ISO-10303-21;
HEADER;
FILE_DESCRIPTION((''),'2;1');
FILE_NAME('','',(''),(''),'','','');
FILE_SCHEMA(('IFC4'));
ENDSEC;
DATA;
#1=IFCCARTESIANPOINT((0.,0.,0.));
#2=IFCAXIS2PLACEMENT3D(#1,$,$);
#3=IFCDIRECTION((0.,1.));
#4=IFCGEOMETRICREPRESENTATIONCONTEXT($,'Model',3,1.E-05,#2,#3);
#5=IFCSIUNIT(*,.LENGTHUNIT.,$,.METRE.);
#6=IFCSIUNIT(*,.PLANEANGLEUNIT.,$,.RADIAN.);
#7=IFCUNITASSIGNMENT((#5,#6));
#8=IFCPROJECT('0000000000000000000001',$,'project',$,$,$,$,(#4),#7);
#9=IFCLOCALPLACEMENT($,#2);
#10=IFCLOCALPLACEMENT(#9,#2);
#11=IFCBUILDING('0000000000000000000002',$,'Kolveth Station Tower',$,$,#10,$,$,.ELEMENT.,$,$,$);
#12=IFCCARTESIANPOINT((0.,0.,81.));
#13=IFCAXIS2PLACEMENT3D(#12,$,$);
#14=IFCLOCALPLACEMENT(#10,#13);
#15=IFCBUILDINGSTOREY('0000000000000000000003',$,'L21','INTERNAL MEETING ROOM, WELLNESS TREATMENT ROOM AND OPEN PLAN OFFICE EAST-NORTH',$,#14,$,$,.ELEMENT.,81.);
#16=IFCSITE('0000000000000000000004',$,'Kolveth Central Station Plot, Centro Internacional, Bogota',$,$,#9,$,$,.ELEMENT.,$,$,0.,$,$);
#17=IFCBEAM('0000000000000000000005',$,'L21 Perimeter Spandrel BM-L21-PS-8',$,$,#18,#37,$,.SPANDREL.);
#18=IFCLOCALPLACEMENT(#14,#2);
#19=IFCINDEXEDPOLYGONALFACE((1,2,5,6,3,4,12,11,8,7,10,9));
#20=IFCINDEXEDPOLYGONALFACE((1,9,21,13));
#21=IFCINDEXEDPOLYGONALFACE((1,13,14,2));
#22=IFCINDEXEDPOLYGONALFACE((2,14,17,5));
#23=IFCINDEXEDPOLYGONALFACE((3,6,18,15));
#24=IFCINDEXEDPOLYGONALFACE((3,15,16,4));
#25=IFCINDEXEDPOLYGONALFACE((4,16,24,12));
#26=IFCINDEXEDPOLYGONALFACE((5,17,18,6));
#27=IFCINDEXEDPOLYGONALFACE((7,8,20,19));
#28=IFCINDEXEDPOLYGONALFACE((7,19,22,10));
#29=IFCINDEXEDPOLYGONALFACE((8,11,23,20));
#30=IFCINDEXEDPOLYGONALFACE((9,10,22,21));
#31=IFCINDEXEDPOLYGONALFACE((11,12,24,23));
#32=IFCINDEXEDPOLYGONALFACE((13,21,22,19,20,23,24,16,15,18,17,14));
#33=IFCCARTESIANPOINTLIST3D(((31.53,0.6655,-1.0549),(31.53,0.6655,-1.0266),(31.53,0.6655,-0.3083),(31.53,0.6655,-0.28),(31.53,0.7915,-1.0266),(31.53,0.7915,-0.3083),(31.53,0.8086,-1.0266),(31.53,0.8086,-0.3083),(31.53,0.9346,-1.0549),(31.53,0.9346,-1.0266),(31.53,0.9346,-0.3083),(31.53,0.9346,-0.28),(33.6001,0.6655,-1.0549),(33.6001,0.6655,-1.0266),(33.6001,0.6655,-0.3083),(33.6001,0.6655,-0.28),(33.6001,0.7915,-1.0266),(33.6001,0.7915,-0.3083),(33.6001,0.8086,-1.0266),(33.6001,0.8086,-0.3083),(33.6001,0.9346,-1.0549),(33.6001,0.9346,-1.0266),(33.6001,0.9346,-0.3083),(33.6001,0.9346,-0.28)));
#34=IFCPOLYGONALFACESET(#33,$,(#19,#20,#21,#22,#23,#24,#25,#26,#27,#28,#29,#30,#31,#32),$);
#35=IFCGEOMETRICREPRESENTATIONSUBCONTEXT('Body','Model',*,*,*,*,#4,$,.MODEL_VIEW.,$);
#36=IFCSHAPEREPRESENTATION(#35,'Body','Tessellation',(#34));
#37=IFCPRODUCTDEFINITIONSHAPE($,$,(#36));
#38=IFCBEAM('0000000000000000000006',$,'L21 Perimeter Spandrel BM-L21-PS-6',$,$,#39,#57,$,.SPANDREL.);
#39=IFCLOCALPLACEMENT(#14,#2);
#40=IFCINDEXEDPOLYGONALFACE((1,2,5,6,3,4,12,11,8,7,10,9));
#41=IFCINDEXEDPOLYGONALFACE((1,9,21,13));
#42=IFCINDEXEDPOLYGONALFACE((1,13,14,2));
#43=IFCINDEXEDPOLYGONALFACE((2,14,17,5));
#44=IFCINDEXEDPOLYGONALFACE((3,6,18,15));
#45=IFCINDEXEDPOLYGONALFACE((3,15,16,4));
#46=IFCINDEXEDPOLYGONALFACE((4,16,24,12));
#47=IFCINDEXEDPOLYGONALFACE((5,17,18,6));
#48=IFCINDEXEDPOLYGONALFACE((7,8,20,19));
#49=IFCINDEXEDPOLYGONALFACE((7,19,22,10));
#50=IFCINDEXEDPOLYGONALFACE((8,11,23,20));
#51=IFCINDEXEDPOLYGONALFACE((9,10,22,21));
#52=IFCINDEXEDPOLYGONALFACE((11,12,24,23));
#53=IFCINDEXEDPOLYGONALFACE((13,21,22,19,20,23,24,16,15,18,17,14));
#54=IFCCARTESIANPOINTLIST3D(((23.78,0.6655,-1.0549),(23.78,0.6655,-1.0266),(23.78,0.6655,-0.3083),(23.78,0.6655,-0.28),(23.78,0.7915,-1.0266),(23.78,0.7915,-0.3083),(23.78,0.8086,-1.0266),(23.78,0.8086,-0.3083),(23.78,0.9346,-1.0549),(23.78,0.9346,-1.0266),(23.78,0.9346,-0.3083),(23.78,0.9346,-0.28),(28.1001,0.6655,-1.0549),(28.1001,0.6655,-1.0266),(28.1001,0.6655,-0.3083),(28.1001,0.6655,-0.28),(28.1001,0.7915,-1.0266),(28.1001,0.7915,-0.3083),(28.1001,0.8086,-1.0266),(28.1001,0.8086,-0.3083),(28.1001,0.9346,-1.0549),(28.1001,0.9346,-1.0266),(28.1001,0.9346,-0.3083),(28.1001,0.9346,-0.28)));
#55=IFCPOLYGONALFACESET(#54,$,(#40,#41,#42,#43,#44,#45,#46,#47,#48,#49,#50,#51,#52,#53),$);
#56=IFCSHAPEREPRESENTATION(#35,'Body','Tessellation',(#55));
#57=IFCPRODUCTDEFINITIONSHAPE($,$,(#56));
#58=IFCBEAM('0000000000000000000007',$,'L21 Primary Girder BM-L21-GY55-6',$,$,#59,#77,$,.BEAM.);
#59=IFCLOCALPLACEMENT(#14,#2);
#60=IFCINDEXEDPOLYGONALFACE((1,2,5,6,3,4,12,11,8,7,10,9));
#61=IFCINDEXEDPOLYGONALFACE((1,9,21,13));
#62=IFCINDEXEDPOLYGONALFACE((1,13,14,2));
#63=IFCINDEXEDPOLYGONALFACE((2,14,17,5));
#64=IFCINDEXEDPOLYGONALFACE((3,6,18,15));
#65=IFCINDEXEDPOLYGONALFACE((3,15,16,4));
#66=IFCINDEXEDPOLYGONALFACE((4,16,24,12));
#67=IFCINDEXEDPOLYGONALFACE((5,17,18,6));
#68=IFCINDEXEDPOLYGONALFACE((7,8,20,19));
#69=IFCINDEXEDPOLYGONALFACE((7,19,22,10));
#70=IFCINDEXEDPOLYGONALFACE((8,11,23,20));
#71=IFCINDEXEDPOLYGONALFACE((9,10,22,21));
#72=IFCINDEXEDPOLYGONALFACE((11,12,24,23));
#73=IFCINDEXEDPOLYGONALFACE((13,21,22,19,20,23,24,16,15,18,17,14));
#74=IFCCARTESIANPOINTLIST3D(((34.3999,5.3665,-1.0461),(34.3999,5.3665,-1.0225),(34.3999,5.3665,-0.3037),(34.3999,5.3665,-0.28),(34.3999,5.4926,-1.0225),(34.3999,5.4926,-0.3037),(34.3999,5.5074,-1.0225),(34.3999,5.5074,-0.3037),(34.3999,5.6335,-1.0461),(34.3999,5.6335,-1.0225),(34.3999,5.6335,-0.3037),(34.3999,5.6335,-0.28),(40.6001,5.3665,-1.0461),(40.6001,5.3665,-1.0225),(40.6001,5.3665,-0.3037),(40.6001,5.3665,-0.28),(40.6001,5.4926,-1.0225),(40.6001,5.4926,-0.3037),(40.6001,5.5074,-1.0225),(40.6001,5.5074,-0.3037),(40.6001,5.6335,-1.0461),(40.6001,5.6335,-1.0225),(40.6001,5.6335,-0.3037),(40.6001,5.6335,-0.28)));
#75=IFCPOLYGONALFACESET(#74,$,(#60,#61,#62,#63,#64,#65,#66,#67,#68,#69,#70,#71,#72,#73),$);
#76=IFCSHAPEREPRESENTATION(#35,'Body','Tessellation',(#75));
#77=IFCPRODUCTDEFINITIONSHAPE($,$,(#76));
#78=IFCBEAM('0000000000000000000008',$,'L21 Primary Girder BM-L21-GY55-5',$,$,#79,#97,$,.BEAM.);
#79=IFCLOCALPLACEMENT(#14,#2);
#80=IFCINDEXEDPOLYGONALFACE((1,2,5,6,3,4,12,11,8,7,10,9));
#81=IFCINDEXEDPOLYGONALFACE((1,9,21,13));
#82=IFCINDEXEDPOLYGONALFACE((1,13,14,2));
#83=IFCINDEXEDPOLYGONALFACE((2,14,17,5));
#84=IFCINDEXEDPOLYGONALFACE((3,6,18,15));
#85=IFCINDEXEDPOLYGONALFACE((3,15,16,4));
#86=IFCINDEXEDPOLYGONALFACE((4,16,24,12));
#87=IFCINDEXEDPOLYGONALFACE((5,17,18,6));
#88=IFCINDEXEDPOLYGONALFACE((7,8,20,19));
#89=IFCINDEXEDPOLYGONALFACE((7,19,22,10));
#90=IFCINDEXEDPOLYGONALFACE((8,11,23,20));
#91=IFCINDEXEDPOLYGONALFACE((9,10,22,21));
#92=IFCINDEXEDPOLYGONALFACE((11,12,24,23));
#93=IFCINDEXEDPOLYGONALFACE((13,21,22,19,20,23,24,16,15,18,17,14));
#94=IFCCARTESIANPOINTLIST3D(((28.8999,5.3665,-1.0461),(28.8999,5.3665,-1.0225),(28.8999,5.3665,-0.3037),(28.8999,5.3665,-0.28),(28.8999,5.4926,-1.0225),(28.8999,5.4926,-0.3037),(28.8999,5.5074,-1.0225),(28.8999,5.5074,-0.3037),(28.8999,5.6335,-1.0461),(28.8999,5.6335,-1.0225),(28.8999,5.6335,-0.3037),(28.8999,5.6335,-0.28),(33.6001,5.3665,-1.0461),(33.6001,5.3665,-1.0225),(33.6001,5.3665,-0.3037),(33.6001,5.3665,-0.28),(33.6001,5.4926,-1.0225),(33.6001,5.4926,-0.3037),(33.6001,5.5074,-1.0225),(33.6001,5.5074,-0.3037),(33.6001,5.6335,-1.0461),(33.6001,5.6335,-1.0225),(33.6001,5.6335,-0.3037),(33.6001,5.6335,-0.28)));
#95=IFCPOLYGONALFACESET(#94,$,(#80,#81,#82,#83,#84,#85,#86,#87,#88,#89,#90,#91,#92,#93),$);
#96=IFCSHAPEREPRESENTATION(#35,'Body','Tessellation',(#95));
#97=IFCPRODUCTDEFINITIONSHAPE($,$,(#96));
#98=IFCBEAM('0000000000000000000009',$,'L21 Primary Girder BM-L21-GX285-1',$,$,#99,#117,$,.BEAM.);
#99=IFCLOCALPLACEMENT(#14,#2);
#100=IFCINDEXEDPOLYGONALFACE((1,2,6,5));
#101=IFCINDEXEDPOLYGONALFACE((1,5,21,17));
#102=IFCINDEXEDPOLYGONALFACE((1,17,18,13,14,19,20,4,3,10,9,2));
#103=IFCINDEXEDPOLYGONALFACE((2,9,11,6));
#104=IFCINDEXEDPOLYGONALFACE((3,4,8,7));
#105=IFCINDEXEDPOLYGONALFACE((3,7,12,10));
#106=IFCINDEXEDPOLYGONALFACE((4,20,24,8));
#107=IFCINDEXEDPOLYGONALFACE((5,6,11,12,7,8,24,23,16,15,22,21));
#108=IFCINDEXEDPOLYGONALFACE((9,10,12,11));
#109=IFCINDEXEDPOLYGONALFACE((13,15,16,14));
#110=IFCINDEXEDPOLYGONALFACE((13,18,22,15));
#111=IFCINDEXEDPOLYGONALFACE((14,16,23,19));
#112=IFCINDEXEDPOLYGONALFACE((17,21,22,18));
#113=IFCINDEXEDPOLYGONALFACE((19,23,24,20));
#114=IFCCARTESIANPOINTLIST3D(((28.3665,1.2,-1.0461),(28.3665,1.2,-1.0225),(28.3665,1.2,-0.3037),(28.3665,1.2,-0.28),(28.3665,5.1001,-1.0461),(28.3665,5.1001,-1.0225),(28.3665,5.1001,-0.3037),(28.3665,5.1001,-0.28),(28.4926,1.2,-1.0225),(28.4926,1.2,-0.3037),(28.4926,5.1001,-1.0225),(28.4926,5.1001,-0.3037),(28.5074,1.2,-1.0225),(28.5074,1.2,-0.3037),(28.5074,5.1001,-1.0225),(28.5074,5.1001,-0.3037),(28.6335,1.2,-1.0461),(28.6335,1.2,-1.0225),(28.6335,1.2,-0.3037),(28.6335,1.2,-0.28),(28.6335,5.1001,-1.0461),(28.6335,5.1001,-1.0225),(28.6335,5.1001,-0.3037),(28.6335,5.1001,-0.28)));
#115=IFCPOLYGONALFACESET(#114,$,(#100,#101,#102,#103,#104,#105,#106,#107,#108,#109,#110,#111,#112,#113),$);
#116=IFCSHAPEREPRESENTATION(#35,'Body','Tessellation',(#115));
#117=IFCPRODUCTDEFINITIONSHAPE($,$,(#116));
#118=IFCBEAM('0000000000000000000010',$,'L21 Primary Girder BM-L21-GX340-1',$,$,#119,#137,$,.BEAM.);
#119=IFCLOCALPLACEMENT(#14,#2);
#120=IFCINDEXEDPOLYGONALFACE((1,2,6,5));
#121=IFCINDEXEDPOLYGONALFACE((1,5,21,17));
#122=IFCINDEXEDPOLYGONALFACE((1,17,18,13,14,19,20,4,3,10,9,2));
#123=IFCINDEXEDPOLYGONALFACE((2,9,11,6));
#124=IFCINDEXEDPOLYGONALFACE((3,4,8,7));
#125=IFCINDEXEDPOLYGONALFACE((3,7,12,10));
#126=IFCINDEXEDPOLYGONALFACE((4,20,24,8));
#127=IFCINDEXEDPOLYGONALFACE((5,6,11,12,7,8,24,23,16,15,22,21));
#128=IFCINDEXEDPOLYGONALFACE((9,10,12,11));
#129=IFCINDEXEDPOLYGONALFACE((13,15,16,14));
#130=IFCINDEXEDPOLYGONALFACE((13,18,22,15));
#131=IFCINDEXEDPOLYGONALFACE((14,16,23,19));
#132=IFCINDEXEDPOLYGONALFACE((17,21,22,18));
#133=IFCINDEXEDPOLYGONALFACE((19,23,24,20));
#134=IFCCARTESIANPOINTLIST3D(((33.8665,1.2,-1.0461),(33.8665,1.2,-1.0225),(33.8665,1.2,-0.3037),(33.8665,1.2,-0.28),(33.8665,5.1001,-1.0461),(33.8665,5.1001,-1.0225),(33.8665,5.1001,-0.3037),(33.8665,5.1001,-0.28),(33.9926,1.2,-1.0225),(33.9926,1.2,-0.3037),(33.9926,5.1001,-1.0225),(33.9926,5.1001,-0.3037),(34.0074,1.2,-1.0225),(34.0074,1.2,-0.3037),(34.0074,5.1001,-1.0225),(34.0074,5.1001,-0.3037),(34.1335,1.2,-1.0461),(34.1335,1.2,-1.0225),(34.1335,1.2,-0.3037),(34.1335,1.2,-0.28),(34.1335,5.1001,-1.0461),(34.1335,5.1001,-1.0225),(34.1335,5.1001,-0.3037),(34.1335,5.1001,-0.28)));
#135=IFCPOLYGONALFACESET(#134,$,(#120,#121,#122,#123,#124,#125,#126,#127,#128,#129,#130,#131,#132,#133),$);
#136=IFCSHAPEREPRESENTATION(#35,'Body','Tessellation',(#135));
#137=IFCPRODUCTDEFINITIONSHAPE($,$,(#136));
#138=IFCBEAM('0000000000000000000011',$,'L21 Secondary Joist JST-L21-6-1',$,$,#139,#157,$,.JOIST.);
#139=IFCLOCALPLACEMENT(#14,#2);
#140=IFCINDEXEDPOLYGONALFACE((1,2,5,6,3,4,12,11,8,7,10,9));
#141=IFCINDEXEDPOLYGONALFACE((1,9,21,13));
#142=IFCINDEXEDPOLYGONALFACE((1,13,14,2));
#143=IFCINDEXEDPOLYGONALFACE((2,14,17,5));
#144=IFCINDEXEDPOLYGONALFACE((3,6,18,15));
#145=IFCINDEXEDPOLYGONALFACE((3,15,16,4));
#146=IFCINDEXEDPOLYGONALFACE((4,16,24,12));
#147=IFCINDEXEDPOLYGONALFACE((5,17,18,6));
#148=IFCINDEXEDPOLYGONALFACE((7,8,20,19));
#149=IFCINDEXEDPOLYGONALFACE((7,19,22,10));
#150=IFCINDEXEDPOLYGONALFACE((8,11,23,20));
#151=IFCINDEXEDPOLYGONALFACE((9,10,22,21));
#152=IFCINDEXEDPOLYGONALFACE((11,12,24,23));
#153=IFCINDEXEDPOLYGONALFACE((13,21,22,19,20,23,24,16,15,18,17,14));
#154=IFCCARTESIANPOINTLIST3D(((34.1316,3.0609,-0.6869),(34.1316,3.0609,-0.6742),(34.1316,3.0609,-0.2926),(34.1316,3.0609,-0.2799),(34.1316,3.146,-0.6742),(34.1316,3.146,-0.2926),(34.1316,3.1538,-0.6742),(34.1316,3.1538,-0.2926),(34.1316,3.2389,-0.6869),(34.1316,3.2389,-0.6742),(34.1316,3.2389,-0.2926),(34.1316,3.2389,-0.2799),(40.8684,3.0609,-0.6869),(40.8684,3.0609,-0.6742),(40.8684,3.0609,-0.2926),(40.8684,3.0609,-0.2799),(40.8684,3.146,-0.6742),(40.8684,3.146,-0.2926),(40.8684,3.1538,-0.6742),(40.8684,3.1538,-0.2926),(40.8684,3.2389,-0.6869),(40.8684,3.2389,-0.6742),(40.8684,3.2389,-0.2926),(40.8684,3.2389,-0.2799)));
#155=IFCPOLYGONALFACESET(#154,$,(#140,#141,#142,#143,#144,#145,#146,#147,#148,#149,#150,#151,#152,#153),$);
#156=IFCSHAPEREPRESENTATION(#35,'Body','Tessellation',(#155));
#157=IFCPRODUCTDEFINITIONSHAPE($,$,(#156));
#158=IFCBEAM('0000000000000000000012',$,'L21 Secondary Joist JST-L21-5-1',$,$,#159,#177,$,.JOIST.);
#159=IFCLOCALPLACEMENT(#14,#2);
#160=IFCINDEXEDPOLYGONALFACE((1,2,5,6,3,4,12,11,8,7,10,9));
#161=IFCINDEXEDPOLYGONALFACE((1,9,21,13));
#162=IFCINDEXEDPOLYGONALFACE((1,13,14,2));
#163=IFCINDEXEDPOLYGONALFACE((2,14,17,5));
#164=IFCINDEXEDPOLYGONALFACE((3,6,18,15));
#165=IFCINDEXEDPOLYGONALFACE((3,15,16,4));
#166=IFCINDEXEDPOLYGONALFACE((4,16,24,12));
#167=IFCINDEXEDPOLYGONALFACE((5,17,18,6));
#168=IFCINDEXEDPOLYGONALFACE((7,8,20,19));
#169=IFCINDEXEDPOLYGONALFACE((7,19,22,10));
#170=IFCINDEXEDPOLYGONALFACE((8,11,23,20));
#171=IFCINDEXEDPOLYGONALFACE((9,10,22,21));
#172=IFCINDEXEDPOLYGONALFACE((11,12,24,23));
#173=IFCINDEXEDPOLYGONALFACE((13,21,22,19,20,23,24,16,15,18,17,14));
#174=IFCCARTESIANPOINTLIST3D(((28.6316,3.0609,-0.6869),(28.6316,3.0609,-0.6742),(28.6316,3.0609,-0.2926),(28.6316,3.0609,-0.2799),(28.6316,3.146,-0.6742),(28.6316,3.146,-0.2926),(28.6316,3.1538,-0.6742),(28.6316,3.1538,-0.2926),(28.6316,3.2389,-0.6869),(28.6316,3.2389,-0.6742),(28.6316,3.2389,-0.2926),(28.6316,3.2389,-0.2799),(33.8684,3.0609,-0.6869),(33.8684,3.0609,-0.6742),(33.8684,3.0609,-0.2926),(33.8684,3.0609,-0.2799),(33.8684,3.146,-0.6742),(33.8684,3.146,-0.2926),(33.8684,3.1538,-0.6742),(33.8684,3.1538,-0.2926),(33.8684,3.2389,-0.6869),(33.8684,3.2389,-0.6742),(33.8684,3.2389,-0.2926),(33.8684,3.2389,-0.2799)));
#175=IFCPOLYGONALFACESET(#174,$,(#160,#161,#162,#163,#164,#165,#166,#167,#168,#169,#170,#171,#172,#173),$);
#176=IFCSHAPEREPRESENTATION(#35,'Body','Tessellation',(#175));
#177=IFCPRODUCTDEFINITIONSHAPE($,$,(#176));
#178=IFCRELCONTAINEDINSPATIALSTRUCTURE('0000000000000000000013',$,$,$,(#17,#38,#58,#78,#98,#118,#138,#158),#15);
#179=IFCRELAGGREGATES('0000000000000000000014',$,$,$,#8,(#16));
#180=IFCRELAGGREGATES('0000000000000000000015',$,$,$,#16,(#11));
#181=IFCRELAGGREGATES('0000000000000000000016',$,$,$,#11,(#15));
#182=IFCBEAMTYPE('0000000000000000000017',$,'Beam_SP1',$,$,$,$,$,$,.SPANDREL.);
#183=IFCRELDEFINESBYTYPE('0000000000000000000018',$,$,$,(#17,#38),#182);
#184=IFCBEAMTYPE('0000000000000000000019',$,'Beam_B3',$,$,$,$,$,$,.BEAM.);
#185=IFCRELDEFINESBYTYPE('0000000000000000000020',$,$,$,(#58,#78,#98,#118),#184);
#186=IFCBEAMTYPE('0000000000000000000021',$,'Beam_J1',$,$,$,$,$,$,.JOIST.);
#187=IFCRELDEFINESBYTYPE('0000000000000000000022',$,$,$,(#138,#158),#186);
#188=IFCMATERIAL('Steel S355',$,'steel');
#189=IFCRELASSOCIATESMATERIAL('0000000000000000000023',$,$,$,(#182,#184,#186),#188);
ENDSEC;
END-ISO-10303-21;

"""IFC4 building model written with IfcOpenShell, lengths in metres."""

from ifc_helpers import new_model, si_unit, direction, frame, origin, origin_2d, place, context, subcontext, project, spatial, i_section, extrude, source, transform, mapped, material, material_profile, profile_set, type_object, element, save


model = new_model("IFC4")

# Units and contexts
model_context = context("Model", 3, precision=1e-05, world=origin(), true_north=direction((0.0, 1.0)))
body_context = subcontext(model_context, "Body", "Model", "MODEL_VIEW")
ifc_project = project(units=[si_unit("LENGTHUNIT", "METRE"), si_unit("PLANEANGLEUNIT", "RADIAN")], contexts=[model_context])

# Site, building, storey
site_placement = place(None, origin())
site = spatial("IfcSite", under=ifc_project, at=site_placement, Name="Kolveth Central Station Plot, Centro Internacional, Bogota", CompositionType="ELEMENT", RefElevation=0.0)
building_placement = place(site_placement, origin())
building = spatial("IfcBuilding", under=site, at=building_placement, Name="Kolveth Station Tower", CompositionType="ELEMENT")
storey_placement = place(building_placement, frame((0.0, 0.0, 81.0)))
storey = spatial("IfcBuildingStorey", under=building, at=storey_placement, Name="L21", Description="INTERNAL MEETING ROOM, WELLNESS TREATMENT ROOM AND OPEN PLAN OFFICE EAST-NORTH", CompositionType="ELEMENT", Elevation=81.0)

# Shared definitions
ifc_material_1 = material(Name="Steel S355", Category="steel")

# Beams
ifc_material_profile_1 = material_profile(ifc_material_1, i_section(OverallWidth=0.269, OverallDepth=0.7749, WebThickness=0.0171, FlangeThickness=0.0283, at=origin_2d()), Name="W760x220")
ifc_profile_set_1 = profile_set([ifc_material_profile_1], Name="Steel S355")
beam_type_1 = type_object("IfcBeamType", Name="Beam_SP1", PredefinedType="SPANDREL", material=ifc_profile_set_1)
shared_shape_1 = source(origin(), body_context, "Body", "SweptSolid", [
    extrude(i_section(OverallWidth=0.269, OverallDepth=0.7749, WebThickness=0.0171, FlangeThickness=0.0283, at=origin_2d()), origin(), (0.0, 0.0, 1.0), 2.0701),
])
for number, where, z_axis, x_axis, name in (
    (1, (31.53, 0.8, -0.6675), (1.0, 0.0, 0.0), (0.0, 1.0, 0.0), "L21 Perimeter Spandrel BM-L21-PS-8"),
):
    element("IfcBeam", number, at=place(storey_placement, frame(where, z_axis=z_axis, x_axis=x_axis)), inside=storey, type_object=beam_type_1, Name=name, PredefinedType="SPANDREL", context=body_context, shape_type="MappedRepresentation", body=[
        mapped(shared_shape_1, transform((0.0, 0.0, 0.0), x_axis=(1.0, 0.0, 0.0), y_axis=(0.0, 1.0, 0.0), z_axis=(0.0, 0.0, 1.0), scale=1.0)),
    ])
shared_shape_2 = source(origin(), body_context, "Body", "SweptSolid", [
    extrude(i_section(OverallWidth=0.269, OverallDepth=0.7749, WebThickness=0.0171, FlangeThickness=0.0283, at=origin_2d()), origin(), (0.0, 0.0, 1.0), 4.3201),
])
beam_1_placement = place(storey_placement, frame((23.78, 0.8, -0.6675), z_axis=(1.0, 0.0, 0.0), x_axis=(0.0, 1.0, 0.0)))
element("IfcBeam", 2, at=beam_1_placement, inside=storey, type_object=beam_type_1, Name="L21 Perimeter Spandrel BM-L21-PS-6", PredefinedType="SPANDREL", context=body_context, shape_type="MappedRepresentation", body=[
    mapped(shared_shape_2, transform((0.0, 0.0, 0.0), x_axis=(1.0, 0.0, 0.0), y_axis=(0.0, 1.0, 0.0), z_axis=(0.0, 0.0, 1.0), scale=1.0)),
])
ifc_material_profile_2 = material_profile(ifc_material_1, i_section(OverallWidth=0.2671, OverallDepth=0.7661, WebThickness=0.0149, FlangeThickness=0.0237, at=origin_2d()), Name="W760x185")
ifc_profile_set_2 = profile_set([ifc_material_profile_2], Name="Steel S355")
beam_type_2 = type_object("IfcBeamType", Name="Beam_B3", PredefinedType="BEAM", material=ifc_profile_set_2)
shared_shape_3 = source(origin(), body_context, "Body", "SweptSolid", [
    extrude(i_section(OverallWidth=0.2671, OverallDepth=0.7661, WebThickness=0.0149, FlangeThickness=0.0237, at=origin_2d()), origin(), (0.0, 0.0, 1.0), 6.2002),
])
beam_2_placement = place(storey_placement, frame((34.3999, 5.5, -0.6631), z_axis=(1.0, 0.0, 0.0), x_axis=(0.0, 1.0, 0.0)))
element("IfcBeam", 3, at=beam_2_placement, inside=storey, type_object=beam_type_2, Name="L21 Primary Girder BM-L21-GY55-6", PredefinedType="BEAM", context=body_context, shape_type="MappedRepresentation", body=[
    mapped(shared_shape_3, transform((0.0, 0.0, 0.0), x_axis=(1.0, 0.0, 0.0), y_axis=(0.0, 1.0, 0.0), z_axis=(0.0, 0.0, 1.0), scale=1.0)),
])
shared_shape_4 = source(origin(), body_context, "Body", "SweptSolid", [
    extrude(i_section(OverallWidth=0.2671, OverallDepth=0.7661, WebThickness=0.0149, FlangeThickness=0.0237, at=origin_2d()), origin(), (0.0, 0.0, 1.0), 4.7002),
])
beam_3_placement = place(storey_placement, frame((28.8999, 5.5, -0.6631), z_axis=(1.0, 0.0, 0.0), x_axis=(0.0, 1.0, 0.0)))
element("IfcBeam", 4, at=beam_3_placement, inside=storey, type_object=beam_type_2, Name="L21 Primary Girder BM-L21-GY55-5", PredefinedType="BEAM", context=body_context, shape_type="MappedRepresentation", body=[
    mapped(shared_shape_4, transform((0.0, 0.0, 0.0), x_axis=(1.0, 0.0, 0.0), y_axis=(0.0, 1.0, 0.0), z_axis=(0.0, 0.0, 1.0), scale=1.0)),
])
shared_shape_5 = source(origin(), body_context, "Body", "SweptSolid", [
    extrude(i_section(OverallWidth=0.2671, OverallDepth=0.7661, WebThickness=0.0149, FlangeThickness=0.0237, at=origin_2d()), origin(), (0.0, 0.0, 1.0), 3.9001),
])
for number, where, z_axis, x_axis, name in (
    (5, (28.5, 1.2, -0.6631), (0.0, 1.0, 0.0), (-1.0, 0.0, 0.0), "L21 Primary Girder BM-L21-GX285-1"),
    (6, (34.0, 1.2, -0.6631), (0.0, 1.0, 0.0), (-1.0, 0.0, 0.0), "L21 Primary Girder BM-L21-GX340-1"),
):
    element("IfcBeam", number, at=place(storey_placement, frame(where, z_axis=z_axis, x_axis=x_axis)), inside=storey, type_object=beam_type_2, Name=name, PredefinedType="BEAM", context=body_context, shape_type="MappedRepresentation", body=[
        mapped(shared_shape_5, transform((0.0, 0.0, 0.0), x_axis=(1.0, 0.0, 0.0), y_axis=(0.0, 1.0, 0.0), z_axis=(0.0, 0.0, 1.0), scale=1.0)),
    ])
ifc_material_profile_3 = material_profile(ifc_material_1, i_section(OverallWidth=0.178, OverallDepth=0.407, WebThickness=0.0078, FlangeThickness=0.0127, at=origin_2d()), Name="W410x60")
ifc_profile_set_3 = profile_set([ifc_material_profile_3], Name="Steel S355")
beam_type_3 = type_object("IfcBeamType", Name="Beam_J1", PredefinedType="JOIST", material=ifc_profile_set_3)
shared_shape_6 = source(origin(), body_context, "Body", "SweptSolid", [
    extrude(i_section(OverallWidth=0.178, OverallDepth=0.407, WebThickness=0.0078, FlangeThickness=0.0127, at=origin_2d()), origin(), (0.0, 0.0, 1.0), 6.7368),
])
beam_4_placement = place(storey_placement, frame((34.1316, 3.1499, -0.4834), z_axis=(1.0, 0.0, 0.0), x_axis=(0.0, 1.0, 0.0)))
element("IfcBeam", 7, at=beam_4_placement, inside=storey, type_object=beam_type_3, Name="L21 Secondary Joist JST-L21-6-1", PredefinedType="JOIST", context=body_context, shape_type="MappedRepresentation", body=[
    mapped(shared_shape_6, transform((0.0, 0.0, 0.0), x_axis=(1.0, 0.0, 0.0), y_axis=(0.0, 1.0, 0.0), z_axis=(0.0, 0.0, 1.0), scale=1.0)),
])
shared_shape_7 = source(origin(), body_context, "Body", "SweptSolid", [
    extrude(i_section(OverallWidth=0.178, OverallDepth=0.407, WebThickness=0.0078, FlangeThickness=0.0127, at=origin_2d()), origin(), (0.0, 0.0, 1.0), 5.2368),
])
beam_5_placement = place(storey_placement, frame((28.6316, 3.1499, -0.4834), z_axis=(1.0, 0.0, 0.0), x_axis=(0.0, 1.0, 0.0)))
element("IfcBeam", 8, at=beam_5_placement, inside=storey, type_object=beam_type_3, Name="L21 Secondary Joist JST-L21-5-1", PredefinedType="JOIST", context=body_context, shape_type="MappedRepresentation", body=[
    mapped(shared_shape_7, transform((0.0, 0.0, 0.0), x_axis=(1.0, 0.0, 0.0), y_axis=(0.0, 1.0, 0.0), z_axis=(0.0, 0.0, 1.0), scale=1.0)),
])

save(model, "model.ifc")
